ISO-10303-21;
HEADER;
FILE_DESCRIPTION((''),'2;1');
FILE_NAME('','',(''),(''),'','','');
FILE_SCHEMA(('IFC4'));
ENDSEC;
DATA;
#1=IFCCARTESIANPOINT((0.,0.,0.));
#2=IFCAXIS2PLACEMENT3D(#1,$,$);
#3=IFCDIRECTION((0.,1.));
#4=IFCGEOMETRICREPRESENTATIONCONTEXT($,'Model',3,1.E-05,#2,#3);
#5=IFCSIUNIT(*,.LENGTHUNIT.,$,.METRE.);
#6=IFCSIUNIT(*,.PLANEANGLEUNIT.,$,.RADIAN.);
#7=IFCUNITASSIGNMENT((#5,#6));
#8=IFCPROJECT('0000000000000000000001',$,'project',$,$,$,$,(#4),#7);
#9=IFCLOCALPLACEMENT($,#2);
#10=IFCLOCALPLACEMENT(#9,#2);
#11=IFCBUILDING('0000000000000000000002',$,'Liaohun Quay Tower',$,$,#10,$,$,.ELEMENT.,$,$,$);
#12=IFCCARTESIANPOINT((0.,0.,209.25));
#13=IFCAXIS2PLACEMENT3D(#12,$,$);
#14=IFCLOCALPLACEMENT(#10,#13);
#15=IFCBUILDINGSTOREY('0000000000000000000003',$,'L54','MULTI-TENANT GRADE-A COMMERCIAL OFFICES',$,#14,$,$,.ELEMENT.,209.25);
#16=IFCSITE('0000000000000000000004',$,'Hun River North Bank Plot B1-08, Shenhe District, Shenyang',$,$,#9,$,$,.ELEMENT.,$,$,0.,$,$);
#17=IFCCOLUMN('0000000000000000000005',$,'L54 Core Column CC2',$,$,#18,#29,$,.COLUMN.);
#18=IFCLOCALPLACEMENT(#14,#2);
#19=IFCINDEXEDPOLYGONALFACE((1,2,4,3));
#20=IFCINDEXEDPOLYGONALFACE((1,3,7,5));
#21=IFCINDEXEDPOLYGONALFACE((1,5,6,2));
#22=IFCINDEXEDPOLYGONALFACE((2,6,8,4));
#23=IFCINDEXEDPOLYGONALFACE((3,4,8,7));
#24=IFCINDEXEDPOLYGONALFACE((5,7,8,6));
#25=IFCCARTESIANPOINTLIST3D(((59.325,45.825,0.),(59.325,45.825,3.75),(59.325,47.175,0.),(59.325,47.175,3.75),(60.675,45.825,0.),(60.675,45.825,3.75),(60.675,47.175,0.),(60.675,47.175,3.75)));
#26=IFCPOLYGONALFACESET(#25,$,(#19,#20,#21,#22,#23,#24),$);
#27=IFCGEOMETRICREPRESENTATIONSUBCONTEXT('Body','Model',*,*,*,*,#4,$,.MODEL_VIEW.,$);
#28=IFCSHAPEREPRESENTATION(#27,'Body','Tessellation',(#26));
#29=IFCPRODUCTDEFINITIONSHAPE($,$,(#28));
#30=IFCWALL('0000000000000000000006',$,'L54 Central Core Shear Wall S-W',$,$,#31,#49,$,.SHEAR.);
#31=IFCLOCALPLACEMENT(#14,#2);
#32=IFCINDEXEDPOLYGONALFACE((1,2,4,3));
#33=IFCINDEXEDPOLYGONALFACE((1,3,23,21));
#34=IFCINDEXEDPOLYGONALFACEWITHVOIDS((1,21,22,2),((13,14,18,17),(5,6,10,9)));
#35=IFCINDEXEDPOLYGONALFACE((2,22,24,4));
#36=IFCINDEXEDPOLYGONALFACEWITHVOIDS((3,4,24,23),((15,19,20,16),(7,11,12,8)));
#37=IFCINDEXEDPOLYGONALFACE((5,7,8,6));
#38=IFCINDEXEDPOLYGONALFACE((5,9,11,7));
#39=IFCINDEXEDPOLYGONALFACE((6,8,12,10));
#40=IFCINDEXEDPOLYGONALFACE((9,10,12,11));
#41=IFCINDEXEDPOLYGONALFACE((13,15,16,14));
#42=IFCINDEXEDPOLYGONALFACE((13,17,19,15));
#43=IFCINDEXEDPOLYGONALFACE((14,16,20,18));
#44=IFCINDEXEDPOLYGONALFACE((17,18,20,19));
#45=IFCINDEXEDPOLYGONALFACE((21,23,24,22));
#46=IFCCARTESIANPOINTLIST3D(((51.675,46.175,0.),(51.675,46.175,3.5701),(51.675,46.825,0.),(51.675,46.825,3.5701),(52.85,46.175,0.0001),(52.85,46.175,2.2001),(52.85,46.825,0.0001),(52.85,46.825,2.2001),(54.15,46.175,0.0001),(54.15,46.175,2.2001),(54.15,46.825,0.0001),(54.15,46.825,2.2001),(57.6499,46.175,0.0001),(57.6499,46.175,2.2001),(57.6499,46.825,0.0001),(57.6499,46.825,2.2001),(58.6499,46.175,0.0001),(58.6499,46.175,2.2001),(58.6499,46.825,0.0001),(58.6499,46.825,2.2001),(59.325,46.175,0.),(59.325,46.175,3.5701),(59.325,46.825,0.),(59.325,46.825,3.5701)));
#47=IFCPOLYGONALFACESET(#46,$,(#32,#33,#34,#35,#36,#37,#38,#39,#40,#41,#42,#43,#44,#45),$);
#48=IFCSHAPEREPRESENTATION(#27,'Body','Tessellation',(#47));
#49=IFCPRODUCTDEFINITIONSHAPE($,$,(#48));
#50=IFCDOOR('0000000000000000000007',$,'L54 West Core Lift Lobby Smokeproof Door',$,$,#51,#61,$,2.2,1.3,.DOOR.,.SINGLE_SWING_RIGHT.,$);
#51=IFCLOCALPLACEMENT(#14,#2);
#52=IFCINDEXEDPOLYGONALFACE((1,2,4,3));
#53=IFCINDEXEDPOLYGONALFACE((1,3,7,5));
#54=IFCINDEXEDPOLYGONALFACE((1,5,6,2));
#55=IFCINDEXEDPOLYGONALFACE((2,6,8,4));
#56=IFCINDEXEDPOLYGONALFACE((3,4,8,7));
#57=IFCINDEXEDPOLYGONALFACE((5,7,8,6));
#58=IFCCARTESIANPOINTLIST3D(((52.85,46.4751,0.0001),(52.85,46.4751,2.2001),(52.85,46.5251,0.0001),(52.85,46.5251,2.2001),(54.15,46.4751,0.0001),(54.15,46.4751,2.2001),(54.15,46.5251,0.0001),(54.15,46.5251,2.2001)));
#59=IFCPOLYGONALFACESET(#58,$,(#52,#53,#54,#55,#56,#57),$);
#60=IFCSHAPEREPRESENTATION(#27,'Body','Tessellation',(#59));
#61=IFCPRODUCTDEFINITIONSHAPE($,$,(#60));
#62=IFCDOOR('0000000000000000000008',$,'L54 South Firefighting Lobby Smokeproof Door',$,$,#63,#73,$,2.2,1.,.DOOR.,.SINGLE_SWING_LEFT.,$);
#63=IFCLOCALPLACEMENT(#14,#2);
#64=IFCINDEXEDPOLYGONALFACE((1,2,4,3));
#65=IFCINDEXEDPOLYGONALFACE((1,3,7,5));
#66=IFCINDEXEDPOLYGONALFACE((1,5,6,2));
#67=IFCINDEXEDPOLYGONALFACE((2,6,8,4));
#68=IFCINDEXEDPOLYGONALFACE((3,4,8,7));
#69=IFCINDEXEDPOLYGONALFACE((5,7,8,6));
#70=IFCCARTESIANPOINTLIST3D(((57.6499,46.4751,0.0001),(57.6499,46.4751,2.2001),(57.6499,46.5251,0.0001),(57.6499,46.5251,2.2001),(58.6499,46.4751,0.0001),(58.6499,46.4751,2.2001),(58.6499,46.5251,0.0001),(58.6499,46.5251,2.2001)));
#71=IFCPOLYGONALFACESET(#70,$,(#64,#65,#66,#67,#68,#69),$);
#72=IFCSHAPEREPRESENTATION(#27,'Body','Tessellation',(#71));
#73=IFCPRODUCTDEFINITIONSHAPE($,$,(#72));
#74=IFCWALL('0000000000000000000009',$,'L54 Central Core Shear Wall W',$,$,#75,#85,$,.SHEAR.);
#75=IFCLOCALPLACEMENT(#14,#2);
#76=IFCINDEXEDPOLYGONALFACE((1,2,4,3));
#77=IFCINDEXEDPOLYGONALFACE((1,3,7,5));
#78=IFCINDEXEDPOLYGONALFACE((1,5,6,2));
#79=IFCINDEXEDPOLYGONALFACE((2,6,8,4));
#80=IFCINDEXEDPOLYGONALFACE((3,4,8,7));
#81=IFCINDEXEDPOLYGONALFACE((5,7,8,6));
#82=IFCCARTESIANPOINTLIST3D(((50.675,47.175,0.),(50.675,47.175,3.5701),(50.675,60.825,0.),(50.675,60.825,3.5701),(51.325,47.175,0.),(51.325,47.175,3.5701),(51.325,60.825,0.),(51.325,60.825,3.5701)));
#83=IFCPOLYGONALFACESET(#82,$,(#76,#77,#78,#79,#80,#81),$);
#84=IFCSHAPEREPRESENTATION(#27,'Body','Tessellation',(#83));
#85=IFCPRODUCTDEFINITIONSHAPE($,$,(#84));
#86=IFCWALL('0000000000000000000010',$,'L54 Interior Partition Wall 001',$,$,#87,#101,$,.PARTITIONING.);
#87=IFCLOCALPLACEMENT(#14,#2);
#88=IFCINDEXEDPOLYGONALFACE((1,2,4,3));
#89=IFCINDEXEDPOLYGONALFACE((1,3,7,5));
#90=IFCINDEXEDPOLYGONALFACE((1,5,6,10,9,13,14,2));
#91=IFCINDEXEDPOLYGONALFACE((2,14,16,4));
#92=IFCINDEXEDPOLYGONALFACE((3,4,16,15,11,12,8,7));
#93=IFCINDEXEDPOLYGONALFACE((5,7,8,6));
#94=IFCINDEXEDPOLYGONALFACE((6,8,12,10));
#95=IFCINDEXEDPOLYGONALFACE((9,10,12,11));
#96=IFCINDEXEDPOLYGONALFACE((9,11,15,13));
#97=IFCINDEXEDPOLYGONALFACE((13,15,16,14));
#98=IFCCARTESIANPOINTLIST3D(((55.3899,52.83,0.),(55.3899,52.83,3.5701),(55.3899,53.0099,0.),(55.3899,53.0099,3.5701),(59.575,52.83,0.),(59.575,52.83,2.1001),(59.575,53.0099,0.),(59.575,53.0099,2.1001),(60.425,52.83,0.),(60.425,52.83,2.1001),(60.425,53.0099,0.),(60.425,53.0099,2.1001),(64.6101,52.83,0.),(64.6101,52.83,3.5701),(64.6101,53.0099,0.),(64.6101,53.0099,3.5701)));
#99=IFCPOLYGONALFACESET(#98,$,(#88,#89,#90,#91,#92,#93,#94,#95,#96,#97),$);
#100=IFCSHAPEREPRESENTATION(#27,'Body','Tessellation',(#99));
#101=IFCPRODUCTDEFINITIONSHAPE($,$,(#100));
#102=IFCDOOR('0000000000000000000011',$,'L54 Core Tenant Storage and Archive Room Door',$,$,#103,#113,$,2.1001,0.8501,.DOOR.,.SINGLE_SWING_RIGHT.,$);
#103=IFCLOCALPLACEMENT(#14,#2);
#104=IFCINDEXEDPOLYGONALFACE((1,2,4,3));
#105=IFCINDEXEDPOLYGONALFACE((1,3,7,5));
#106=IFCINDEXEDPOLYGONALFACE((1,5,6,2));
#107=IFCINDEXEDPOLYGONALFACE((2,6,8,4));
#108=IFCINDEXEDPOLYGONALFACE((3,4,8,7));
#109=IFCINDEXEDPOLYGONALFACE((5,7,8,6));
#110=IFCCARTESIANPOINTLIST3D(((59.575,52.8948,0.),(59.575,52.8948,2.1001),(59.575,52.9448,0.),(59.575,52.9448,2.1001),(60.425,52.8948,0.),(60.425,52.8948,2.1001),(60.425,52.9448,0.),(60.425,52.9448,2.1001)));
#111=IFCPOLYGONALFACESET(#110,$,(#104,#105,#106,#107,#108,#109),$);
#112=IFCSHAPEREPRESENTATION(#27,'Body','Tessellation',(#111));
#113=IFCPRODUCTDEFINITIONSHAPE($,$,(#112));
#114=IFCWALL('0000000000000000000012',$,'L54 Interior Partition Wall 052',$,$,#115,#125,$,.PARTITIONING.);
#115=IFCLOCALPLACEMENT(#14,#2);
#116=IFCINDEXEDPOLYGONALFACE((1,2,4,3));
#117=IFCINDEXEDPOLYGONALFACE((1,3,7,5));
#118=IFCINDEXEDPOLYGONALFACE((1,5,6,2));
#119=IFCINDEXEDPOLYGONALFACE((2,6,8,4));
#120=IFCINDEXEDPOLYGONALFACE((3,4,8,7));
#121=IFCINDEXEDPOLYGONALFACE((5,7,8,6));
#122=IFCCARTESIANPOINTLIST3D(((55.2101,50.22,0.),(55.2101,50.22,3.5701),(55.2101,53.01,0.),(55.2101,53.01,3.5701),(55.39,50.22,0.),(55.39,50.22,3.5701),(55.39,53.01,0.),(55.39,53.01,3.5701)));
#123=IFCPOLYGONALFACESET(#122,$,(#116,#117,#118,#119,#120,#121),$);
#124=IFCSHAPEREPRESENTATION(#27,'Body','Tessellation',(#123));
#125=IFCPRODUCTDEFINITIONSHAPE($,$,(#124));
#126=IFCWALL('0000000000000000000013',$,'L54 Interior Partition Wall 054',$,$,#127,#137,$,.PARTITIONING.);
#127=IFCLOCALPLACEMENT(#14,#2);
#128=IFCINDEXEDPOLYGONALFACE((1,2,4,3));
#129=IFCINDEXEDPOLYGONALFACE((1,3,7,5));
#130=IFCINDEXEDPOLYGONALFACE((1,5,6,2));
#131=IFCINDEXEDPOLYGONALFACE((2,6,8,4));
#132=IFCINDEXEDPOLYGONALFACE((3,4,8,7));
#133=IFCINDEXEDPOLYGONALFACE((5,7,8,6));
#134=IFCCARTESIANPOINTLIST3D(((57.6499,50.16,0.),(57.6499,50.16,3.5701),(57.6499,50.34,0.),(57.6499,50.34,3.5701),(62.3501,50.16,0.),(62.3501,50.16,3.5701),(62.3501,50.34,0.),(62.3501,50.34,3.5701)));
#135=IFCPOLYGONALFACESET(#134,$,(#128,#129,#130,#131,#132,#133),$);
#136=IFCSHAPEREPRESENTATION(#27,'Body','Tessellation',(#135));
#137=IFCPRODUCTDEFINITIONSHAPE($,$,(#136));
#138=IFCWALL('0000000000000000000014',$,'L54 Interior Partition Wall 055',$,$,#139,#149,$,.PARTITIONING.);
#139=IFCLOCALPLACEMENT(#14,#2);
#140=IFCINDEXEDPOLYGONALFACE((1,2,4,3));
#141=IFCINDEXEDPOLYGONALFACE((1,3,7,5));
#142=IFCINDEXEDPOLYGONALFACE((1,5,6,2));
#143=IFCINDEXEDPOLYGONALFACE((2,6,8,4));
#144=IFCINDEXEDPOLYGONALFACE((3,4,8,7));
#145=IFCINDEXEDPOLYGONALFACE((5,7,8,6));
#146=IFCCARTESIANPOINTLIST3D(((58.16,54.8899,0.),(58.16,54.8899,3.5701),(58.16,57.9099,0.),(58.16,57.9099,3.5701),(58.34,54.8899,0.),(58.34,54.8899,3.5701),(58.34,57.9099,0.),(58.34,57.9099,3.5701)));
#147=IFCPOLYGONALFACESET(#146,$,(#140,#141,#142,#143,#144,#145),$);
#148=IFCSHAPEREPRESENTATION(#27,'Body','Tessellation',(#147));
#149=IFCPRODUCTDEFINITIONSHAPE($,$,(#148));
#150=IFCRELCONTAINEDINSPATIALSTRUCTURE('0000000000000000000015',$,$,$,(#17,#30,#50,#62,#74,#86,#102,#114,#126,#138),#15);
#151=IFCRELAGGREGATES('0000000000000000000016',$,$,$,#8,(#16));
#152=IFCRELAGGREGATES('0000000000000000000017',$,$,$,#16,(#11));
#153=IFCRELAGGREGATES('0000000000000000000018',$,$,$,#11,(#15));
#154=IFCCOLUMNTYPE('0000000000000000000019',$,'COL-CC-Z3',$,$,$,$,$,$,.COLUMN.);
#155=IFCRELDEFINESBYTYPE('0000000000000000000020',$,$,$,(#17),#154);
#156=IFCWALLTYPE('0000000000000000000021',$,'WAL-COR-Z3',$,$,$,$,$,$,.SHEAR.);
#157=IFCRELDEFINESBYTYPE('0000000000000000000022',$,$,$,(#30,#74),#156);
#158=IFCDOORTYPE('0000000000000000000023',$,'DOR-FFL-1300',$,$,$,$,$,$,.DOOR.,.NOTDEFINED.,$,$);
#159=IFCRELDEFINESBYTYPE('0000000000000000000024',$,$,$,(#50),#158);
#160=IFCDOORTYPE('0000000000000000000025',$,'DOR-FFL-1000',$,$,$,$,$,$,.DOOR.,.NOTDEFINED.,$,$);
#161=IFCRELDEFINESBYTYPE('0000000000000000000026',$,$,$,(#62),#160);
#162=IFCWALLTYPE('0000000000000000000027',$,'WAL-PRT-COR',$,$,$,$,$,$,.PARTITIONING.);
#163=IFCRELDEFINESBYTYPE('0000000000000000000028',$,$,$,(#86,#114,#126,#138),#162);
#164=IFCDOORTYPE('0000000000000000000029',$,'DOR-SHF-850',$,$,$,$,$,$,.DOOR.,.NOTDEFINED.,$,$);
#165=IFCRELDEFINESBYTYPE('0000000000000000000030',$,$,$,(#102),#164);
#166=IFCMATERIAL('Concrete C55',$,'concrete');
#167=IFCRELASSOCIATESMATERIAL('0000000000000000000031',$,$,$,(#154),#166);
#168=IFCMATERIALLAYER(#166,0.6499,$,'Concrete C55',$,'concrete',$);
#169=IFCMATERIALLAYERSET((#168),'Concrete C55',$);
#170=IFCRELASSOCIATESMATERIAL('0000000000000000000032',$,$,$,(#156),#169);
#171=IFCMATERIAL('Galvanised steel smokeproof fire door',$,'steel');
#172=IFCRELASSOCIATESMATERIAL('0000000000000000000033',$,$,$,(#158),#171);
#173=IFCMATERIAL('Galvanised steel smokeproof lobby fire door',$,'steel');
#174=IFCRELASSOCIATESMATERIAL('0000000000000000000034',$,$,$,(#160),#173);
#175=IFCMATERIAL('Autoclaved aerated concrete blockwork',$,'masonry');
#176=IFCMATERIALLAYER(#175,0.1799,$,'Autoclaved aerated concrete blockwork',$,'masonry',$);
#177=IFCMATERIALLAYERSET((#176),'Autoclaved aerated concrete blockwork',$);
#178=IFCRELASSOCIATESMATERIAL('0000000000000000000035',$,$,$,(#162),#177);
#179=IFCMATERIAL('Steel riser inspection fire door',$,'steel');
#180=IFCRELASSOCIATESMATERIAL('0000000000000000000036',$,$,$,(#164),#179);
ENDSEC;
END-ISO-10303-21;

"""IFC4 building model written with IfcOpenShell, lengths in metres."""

from ifc_helpers import new_model, si_unit, direction, frame, frame_2d, origin, origin_2d, place, context, subcontext, project, spatial, rectangle, extrude, source, transform, mapped, material, layer, layer_set, material_profile, profile_set, type_object, element, fill, save


model = new_model("IFC4")

# Units and contexts
model_context = context("Model", 3, precision=1e-05, world=origin(), true_north=direction((0.0, 1.0)))
body_context = subcontext(model_context, "Body", "Model", "MODEL_VIEW")
ifc_project = project(units=[si_unit("LENGTHUNIT", "METRE"), si_unit("PLANEANGLEUNIT", "RADIAN")], contexts=[model_context])

# Site, building, storey
site_placement = place(None, origin())
site = spatial("IfcSite", under=ifc_project, at=site_placement, Name="Hun River North Bank Plot B1-08, Shenhe District, Shenyang", CompositionType="ELEMENT", RefElevation=0.0)
building_placement = place(site_placement, origin())
building = spatial("IfcBuilding", under=site, at=building_placement, Name="Liaohun Quay Tower", CompositionType="ELEMENT")
storey_placement = place(building_placement, frame((0.0, 0.0, 209.25)))
storey = spatial("IfcBuildingStorey", under=building, at=storey_placement, Name="L54", Description="MULTI-TENANT GRADE-A COMMERCIAL OFFICES", CompositionType="ELEMENT", Elevation=209.25)

# Column
ifc_material_1 = material(Name="Concrete C55", Category="concrete")
ifc_material_profile = material_profile(ifc_material_1, rectangle(XDim=1.3501, YDim=1.3501, at=origin_2d()), Name="RC1350x1350")
ifc_profile_set = profile_set([ifc_material_profile], Name="Concrete C55")
column_type = type_object("IfcColumnType", Name="COL-CC-Z3", PredefinedType="COLUMN", material=ifc_profile_set)
shared_shape_1 = source(origin(), body_context, "Body", "SweptSolid", [
    extrude(rectangle(XDim=1.3501, YDim=1.3501, at=origin_2d()), origin(), (0.0, 0.0, 1.0), 3.75),
])
column_placement = place(storey_placement, frame((60.0, 46.5, 0.0), z_axis=(0.0, 0.0, 1.0), x_axis=(1.0, 0.0, 0.0)))
element("IfcColumn", 1, at=column_placement, inside=storey, type_object=column_type, Name="L54 Core Column CC2", PredefinedType="COLUMN", context=body_context, shape_type="MappedRepresentation", body=[
    mapped(shared_shape_1, transform((0.0, 0.0, 0.0), x_axis=(1.0, 0.0, 0.0), y_axis=(0.0, 1.0, 0.0), z_axis=(0.0, 0.0, 1.0), scale=1.0)),
])

# Wall, openings, doors
ifc_layer_1 = layer(ifc_material_1, 0.6499, Name="Concrete C55", Category="concrete")
ifc_layer_set_1 = layer_set([ifc_layer_1], Name="Concrete C55")
wall_type_1 = type_object("IfcWallType", Name="WAL-COR-Z3", PredefinedType="SHEAR", material=ifc_layer_set_1)
wall_1_placement = place(storey_placement, frame((59.325, 46.5, 0.0), z_axis=(0.0, 0.0, 1.0), x_axis=(-1.0, 0.0, 0.0)))
wall_1 = element("IfcWall", 2, at=wall_1_placement, inside=storey, type_object=wall_type_1, Name="L54 Central Core Shear Wall S-W", PredefinedType="SHEAR", context=body_context, shape_type="SweptSolid", body=[
    extrude(rectangle(XDim=7.6499, YDim=0.6499, at=frame_2d((3.825, 0.0))), origin(), (0.0, 0.0, 1.0), 3.5701),
])
shared_shape_2 = source(origin(), body_context, "Body", "SweptSolid", [
    extrude(rectangle(XDim=1.3, YDim=2.2, at=frame_2d((0.6499, 1.1001))), frame((0.0, 0.335, 0.0), z_axis=(0.0, -1.0, 0.0), x_axis=(1.0, 0.0, 0.0)), (0.0, 0.0, 1.0), 0.6699),
])
opening_1_placement = place(wall_1_placement, frame((5.175, 0.0, 0.0)))
opening_1 = element("IfcOpeningElement", 3, at=opening_1_placement, cuts=wall_1, PredefinedType="OPENING", context=body_context, shape_type="MappedRepresentation", body=[
    mapped(shared_shape_2, transform((0.0, 0.0, 0.0), x_axis=(1.0, 0.0, 0.0), y_axis=(0.0, 1.0, 0.0), z_axis=(0.0, 0.0, 1.0), scale=1.0)),
])
shared_shape_3 = source(origin(), body_context, "Body", "SweptSolid", [
    extrude(rectangle(XDim=1.0, YDim=2.2, at=frame_2d((0.5, 1.1001))), frame((0.0, 0.335, 0.0), z_axis=(0.0, -1.0, 0.0), x_axis=(1.0, 0.0, 0.0)), (0.0, 0.0, 1.0), 0.6699),
])
opening_2_placement = place(wall_1_placement, frame((0.675, 0.0, 0.0)))
opening_2 = element("IfcOpeningElement", 4, at=opening_2_placement, cuts=wall_1, PredefinedType="OPENING", context=body_context, shape_type="MappedRepresentation", body=[
    mapped(shared_shape_3, transform((0.0, 0.0, 0.0), x_axis=(1.0, 0.0, 0.0), y_axis=(0.0, 1.0, 0.0), z_axis=(0.0, 0.0, 1.0), scale=1.0)),
])
ifc_material_2 = material(Name="Galvanised steel smokeproof fire door", Category="steel")
door_type_1 = type_object("IfcDoorType", Name="DOR-FFL-1300", OperationType="NOTDEFINED", PredefinedType="DOOR", material=ifc_material_2)
shared_shape_4 = source(origin(), body_context, "Body", "SweptSolid", [
    extrude(rectangle(XDim=1.3, YDim=2.2, at=frame_2d((0.6499, 1.1001))), frame((0.0, 0.0249, 0.0), z_axis=(0.0, -1.0, 0.0), x_axis=(1.0, 0.0, 0.0)), (0.0, 0.0, 1.0), 0.05),
])
door_1_placement = place(opening_1_placement, origin())
door_1 = element("IfcDoor", 5, at=door_1_placement, inside=storey, type_object=door_type_1, Name="L54 West Core Lift Lobby Smokeproof Door", OperationType="SINGLE_SWING_RIGHT", OverallHeight=2.2, OverallWidth=1.3, PredefinedType="DOOR", context=body_context, shape_type="MappedRepresentation", body=[
    mapped(shared_shape_4, transform((0.0, 0.0, 0.0), x_axis=(1.0, 0.0, 0.0), y_axis=(0.0, 1.0, 0.0), z_axis=(0.0, 0.0, 1.0), scale=1.0)),
])
fill(opening_1, door_1)
ifc_material_3 = material(Name="Galvanised steel smokeproof lobby fire door", Category="steel")
door_type_2 = type_object("IfcDoorType", Name="DOR-FFL-1000", OperationType="NOTDEFINED", PredefinedType="DOOR", material=ifc_material_3)
shared_shape_5 = source(origin(), body_context, "Body", "SweptSolid", [
    extrude(rectangle(XDim=1.0, YDim=2.2, at=frame_2d((0.5, 1.1001))), frame((0.0, 0.0249, 0.0), z_axis=(0.0, -1.0, 0.0), x_axis=(1.0, 0.0, 0.0)), (0.0, 0.0, 1.0), 0.05),
])
door_2_placement = place(opening_2_placement, origin())
door_2 = element("IfcDoor", 6, at=door_2_placement, inside=storey, type_object=door_type_2, Name="L54 South Firefighting Lobby Smokeproof Door", OperationType="SINGLE_SWING_LEFT", OverallHeight=2.2, OverallWidth=1.0, PredefinedType="DOOR", context=body_context, shape_type="MappedRepresentation", body=[
    mapped(shared_shape_5, transform((0.0, 0.0, 0.0), x_axis=(1.0, 0.0, 0.0), y_axis=(0.0, 1.0, 0.0), z_axis=(0.0, 0.0, 1.0), scale=1.0)),
])
fill(opening_2, door_2)

# Wall
wall_2_placement = place(storey_placement, frame((51.0, 47.175, 0.0), z_axis=(0.0, 0.0, 1.0), x_axis=(0.0, 1.0, 0.0)))
element("IfcWall", 7, at=wall_2_placement, inside=storey, type_object=wall_type_1, Name="L54 Central Core Shear Wall W", PredefinedType="SHEAR", context=body_context, shape_type="SweptSolid", body=[
    extrude(rectangle(XDim=13.6499, YDim=0.6499, at=frame_2d((6.825, 0.0))), origin(), (0.0, 0.0, 1.0), 3.5701),
])

# Wall, opening, door
ifc_material_4 = material(Name="Autoclaved aerated concrete blockwork", Category="masonry")
ifc_layer_2 = layer(ifc_material_4, 0.1799, Name="Autoclaved aerated concrete blockwork", Category="masonry")
ifc_layer_set_2 = layer_set([ifc_layer_2], Name="Autoclaved aerated concrete blockwork")
wall_type_2 = type_object("IfcWallType", Name="WAL-PRT-COR", PredefinedType="PARTITIONING", material=ifc_layer_set_2)
wall_3_placement = place(storey_placement, frame((55.3899, 52.9199, 0.0), z_axis=(0.0, 0.0, 1.0), x_axis=(1.0, 0.0, 0.0)))
wall_3 = element("IfcWall", 8, at=wall_3_placement, inside=storey, type_object=wall_type_2, Name="L54 Interior Partition Wall 001", PredefinedType="PARTITIONING", context=body_context, shape_type="SweptSolid", body=[
    extrude(rectangle(XDim=9.2202, YDim=0.1799, at=frame_2d((4.6101, 0.0))), origin(), (0.0, 0.0, 1.0), 3.5701),
])
shared_shape_6 = source(origin(), body_context, "Body", "SweptSolid", [
    extrude(rectangle(XDim=0.8501, YDim=2.1001, at=frame_2d((0.425, 1.05))), frame((0.0, 0.0999, 0.0), z_axis=(0.0, -1.0, 0.0), x_axis=(1.0, 0.0, 0.0)), (0.0, 0.0, 1.0), 0.2),
])
opening_3_placement = place(wall_3_placement, frame((4.1851, 0.0, 0.0)))
opening_3 = element("IfcOpeningElement", 9, at=opening_3_placement, cuts=wall_3, PredefinedType="OPENING", context=body_context, shape_type="MappedRepresentation", body=[
    mapped(shared_shape_6, transform((0.0, 0.0, 0.0), x_axis=(1.0, 0.0, 0.0), y_axis=(0.0, 1.0, 0.0), z_axis=(0.0, 0.0, 1.0), scale=1.0)),
])
ifc_material_5 = material(Name="Steel riser inspection fire door", Category="steel")
door_type_3 = type_object("IfcDoorType", Name="DOR-SHF-850", OperationType="NOTDEFINED", PredefinedType="DOOR", material=ifc_material_5)
shared_shape_7 = source(origin(), body_context, "Body", "SweptSolid", [
    extrude(rectangle(XDim=0.8501, YDim=2.1001, at=frame_2d((0.425, 1.05))), frame((0.0, 0.0249, 0.0), z_axis=(0.0, -1.0, 0.0), x_axis=(1.0, 0.0, 0.0)), (0.0, 0.0, 1.0), 0.05),
])
door_3_placement = place(opening_3_placement, origin())
door_3 = element("IfcDoor", 10, at=door_3_placement, inside=storey, type_object=door_type_3, Name="L54 Core Tenant Storage and Archive Room Door", OperationType="SINGLE_SWING_RIGHT", OverallHeight=2.1001, OverallWidth=0.8501, PredefinedType="DOOR", context=body_context, shape_type="MappedRepresentation", body=[
    mapped(shared_shape_7, transform((0.0, 0.0, 0.0), x_axis=(1.0, 0.0, 0.0), y_axis=(0.0, 1.0, 0.0), z_axis=(0.0, 0.0, 1.0), scale=1.0)),
])
fill(opening_3, door_3)

# Walls
wall_4_placement = place(storey_placement, frame((55.3, 50.22, 0.0), z_axis=(0.0, 0.0, 1.0), x_axis=(0.0, 1.0, 0.0)))
element("IfcWall", 11, at=wall_4_placement, inside=storey, type_object=wall_type_2, Name="L54 Interior Partition Wall 052", PredefinedType="PARTITIONING", context=body_context, shape_type="SweptSolid", body=[
    extrude(rectangle(XDim=2.79, YDim=0.1799, at=frame_2d((1.395, 0.0))), origin(), (0.0, 0.0, 1.0), 3.5701),
])
wall_5_placement = place(storey_placement, frame((57.6499, 50.25, 0.0), z_axis=(0.0, 0.0, 1.0), x_axis=(1.0, 0.0, 0.0)))
element("IfcWall", 12, at=wall_5_placement, inside=storey, type_object=wall_type_2, Name="L54 Interior Partition Wall 054", PredefinedType="PARTITIONING", context=body_context, shape_type="SweptSolid", body=[
    extrude(rectangle(XDim=4.7002, YDim=0.1799, at=frame_2d((2.3501, 0.0))), origin(), (0.0, 0.0, 1.0), 3.5701),
])
wall_6_placement = place(storey_placement, frame((58.25, 54.8899, 0.0), z_axis=(0.0, 0.0, 1.0), x_axis=(0.0, 1.0, 0.0)))
element("IfcWall", 13, at=wall_6_placement, inside=storey, type_object=wall_type_2, Name="L54 Interior Partition Wall 055", PredefinedType="PARTITIONING", context=body_context, shape_type="SweptSolid", body=[
    extrude(rectangle(XDim=3.02, YDim=0.1799, at=frame_2d((1.51, 0.0))), origin(), (0.0, 0.0, 1.0), 3.5701),
])

save(model, "model.ifc")
